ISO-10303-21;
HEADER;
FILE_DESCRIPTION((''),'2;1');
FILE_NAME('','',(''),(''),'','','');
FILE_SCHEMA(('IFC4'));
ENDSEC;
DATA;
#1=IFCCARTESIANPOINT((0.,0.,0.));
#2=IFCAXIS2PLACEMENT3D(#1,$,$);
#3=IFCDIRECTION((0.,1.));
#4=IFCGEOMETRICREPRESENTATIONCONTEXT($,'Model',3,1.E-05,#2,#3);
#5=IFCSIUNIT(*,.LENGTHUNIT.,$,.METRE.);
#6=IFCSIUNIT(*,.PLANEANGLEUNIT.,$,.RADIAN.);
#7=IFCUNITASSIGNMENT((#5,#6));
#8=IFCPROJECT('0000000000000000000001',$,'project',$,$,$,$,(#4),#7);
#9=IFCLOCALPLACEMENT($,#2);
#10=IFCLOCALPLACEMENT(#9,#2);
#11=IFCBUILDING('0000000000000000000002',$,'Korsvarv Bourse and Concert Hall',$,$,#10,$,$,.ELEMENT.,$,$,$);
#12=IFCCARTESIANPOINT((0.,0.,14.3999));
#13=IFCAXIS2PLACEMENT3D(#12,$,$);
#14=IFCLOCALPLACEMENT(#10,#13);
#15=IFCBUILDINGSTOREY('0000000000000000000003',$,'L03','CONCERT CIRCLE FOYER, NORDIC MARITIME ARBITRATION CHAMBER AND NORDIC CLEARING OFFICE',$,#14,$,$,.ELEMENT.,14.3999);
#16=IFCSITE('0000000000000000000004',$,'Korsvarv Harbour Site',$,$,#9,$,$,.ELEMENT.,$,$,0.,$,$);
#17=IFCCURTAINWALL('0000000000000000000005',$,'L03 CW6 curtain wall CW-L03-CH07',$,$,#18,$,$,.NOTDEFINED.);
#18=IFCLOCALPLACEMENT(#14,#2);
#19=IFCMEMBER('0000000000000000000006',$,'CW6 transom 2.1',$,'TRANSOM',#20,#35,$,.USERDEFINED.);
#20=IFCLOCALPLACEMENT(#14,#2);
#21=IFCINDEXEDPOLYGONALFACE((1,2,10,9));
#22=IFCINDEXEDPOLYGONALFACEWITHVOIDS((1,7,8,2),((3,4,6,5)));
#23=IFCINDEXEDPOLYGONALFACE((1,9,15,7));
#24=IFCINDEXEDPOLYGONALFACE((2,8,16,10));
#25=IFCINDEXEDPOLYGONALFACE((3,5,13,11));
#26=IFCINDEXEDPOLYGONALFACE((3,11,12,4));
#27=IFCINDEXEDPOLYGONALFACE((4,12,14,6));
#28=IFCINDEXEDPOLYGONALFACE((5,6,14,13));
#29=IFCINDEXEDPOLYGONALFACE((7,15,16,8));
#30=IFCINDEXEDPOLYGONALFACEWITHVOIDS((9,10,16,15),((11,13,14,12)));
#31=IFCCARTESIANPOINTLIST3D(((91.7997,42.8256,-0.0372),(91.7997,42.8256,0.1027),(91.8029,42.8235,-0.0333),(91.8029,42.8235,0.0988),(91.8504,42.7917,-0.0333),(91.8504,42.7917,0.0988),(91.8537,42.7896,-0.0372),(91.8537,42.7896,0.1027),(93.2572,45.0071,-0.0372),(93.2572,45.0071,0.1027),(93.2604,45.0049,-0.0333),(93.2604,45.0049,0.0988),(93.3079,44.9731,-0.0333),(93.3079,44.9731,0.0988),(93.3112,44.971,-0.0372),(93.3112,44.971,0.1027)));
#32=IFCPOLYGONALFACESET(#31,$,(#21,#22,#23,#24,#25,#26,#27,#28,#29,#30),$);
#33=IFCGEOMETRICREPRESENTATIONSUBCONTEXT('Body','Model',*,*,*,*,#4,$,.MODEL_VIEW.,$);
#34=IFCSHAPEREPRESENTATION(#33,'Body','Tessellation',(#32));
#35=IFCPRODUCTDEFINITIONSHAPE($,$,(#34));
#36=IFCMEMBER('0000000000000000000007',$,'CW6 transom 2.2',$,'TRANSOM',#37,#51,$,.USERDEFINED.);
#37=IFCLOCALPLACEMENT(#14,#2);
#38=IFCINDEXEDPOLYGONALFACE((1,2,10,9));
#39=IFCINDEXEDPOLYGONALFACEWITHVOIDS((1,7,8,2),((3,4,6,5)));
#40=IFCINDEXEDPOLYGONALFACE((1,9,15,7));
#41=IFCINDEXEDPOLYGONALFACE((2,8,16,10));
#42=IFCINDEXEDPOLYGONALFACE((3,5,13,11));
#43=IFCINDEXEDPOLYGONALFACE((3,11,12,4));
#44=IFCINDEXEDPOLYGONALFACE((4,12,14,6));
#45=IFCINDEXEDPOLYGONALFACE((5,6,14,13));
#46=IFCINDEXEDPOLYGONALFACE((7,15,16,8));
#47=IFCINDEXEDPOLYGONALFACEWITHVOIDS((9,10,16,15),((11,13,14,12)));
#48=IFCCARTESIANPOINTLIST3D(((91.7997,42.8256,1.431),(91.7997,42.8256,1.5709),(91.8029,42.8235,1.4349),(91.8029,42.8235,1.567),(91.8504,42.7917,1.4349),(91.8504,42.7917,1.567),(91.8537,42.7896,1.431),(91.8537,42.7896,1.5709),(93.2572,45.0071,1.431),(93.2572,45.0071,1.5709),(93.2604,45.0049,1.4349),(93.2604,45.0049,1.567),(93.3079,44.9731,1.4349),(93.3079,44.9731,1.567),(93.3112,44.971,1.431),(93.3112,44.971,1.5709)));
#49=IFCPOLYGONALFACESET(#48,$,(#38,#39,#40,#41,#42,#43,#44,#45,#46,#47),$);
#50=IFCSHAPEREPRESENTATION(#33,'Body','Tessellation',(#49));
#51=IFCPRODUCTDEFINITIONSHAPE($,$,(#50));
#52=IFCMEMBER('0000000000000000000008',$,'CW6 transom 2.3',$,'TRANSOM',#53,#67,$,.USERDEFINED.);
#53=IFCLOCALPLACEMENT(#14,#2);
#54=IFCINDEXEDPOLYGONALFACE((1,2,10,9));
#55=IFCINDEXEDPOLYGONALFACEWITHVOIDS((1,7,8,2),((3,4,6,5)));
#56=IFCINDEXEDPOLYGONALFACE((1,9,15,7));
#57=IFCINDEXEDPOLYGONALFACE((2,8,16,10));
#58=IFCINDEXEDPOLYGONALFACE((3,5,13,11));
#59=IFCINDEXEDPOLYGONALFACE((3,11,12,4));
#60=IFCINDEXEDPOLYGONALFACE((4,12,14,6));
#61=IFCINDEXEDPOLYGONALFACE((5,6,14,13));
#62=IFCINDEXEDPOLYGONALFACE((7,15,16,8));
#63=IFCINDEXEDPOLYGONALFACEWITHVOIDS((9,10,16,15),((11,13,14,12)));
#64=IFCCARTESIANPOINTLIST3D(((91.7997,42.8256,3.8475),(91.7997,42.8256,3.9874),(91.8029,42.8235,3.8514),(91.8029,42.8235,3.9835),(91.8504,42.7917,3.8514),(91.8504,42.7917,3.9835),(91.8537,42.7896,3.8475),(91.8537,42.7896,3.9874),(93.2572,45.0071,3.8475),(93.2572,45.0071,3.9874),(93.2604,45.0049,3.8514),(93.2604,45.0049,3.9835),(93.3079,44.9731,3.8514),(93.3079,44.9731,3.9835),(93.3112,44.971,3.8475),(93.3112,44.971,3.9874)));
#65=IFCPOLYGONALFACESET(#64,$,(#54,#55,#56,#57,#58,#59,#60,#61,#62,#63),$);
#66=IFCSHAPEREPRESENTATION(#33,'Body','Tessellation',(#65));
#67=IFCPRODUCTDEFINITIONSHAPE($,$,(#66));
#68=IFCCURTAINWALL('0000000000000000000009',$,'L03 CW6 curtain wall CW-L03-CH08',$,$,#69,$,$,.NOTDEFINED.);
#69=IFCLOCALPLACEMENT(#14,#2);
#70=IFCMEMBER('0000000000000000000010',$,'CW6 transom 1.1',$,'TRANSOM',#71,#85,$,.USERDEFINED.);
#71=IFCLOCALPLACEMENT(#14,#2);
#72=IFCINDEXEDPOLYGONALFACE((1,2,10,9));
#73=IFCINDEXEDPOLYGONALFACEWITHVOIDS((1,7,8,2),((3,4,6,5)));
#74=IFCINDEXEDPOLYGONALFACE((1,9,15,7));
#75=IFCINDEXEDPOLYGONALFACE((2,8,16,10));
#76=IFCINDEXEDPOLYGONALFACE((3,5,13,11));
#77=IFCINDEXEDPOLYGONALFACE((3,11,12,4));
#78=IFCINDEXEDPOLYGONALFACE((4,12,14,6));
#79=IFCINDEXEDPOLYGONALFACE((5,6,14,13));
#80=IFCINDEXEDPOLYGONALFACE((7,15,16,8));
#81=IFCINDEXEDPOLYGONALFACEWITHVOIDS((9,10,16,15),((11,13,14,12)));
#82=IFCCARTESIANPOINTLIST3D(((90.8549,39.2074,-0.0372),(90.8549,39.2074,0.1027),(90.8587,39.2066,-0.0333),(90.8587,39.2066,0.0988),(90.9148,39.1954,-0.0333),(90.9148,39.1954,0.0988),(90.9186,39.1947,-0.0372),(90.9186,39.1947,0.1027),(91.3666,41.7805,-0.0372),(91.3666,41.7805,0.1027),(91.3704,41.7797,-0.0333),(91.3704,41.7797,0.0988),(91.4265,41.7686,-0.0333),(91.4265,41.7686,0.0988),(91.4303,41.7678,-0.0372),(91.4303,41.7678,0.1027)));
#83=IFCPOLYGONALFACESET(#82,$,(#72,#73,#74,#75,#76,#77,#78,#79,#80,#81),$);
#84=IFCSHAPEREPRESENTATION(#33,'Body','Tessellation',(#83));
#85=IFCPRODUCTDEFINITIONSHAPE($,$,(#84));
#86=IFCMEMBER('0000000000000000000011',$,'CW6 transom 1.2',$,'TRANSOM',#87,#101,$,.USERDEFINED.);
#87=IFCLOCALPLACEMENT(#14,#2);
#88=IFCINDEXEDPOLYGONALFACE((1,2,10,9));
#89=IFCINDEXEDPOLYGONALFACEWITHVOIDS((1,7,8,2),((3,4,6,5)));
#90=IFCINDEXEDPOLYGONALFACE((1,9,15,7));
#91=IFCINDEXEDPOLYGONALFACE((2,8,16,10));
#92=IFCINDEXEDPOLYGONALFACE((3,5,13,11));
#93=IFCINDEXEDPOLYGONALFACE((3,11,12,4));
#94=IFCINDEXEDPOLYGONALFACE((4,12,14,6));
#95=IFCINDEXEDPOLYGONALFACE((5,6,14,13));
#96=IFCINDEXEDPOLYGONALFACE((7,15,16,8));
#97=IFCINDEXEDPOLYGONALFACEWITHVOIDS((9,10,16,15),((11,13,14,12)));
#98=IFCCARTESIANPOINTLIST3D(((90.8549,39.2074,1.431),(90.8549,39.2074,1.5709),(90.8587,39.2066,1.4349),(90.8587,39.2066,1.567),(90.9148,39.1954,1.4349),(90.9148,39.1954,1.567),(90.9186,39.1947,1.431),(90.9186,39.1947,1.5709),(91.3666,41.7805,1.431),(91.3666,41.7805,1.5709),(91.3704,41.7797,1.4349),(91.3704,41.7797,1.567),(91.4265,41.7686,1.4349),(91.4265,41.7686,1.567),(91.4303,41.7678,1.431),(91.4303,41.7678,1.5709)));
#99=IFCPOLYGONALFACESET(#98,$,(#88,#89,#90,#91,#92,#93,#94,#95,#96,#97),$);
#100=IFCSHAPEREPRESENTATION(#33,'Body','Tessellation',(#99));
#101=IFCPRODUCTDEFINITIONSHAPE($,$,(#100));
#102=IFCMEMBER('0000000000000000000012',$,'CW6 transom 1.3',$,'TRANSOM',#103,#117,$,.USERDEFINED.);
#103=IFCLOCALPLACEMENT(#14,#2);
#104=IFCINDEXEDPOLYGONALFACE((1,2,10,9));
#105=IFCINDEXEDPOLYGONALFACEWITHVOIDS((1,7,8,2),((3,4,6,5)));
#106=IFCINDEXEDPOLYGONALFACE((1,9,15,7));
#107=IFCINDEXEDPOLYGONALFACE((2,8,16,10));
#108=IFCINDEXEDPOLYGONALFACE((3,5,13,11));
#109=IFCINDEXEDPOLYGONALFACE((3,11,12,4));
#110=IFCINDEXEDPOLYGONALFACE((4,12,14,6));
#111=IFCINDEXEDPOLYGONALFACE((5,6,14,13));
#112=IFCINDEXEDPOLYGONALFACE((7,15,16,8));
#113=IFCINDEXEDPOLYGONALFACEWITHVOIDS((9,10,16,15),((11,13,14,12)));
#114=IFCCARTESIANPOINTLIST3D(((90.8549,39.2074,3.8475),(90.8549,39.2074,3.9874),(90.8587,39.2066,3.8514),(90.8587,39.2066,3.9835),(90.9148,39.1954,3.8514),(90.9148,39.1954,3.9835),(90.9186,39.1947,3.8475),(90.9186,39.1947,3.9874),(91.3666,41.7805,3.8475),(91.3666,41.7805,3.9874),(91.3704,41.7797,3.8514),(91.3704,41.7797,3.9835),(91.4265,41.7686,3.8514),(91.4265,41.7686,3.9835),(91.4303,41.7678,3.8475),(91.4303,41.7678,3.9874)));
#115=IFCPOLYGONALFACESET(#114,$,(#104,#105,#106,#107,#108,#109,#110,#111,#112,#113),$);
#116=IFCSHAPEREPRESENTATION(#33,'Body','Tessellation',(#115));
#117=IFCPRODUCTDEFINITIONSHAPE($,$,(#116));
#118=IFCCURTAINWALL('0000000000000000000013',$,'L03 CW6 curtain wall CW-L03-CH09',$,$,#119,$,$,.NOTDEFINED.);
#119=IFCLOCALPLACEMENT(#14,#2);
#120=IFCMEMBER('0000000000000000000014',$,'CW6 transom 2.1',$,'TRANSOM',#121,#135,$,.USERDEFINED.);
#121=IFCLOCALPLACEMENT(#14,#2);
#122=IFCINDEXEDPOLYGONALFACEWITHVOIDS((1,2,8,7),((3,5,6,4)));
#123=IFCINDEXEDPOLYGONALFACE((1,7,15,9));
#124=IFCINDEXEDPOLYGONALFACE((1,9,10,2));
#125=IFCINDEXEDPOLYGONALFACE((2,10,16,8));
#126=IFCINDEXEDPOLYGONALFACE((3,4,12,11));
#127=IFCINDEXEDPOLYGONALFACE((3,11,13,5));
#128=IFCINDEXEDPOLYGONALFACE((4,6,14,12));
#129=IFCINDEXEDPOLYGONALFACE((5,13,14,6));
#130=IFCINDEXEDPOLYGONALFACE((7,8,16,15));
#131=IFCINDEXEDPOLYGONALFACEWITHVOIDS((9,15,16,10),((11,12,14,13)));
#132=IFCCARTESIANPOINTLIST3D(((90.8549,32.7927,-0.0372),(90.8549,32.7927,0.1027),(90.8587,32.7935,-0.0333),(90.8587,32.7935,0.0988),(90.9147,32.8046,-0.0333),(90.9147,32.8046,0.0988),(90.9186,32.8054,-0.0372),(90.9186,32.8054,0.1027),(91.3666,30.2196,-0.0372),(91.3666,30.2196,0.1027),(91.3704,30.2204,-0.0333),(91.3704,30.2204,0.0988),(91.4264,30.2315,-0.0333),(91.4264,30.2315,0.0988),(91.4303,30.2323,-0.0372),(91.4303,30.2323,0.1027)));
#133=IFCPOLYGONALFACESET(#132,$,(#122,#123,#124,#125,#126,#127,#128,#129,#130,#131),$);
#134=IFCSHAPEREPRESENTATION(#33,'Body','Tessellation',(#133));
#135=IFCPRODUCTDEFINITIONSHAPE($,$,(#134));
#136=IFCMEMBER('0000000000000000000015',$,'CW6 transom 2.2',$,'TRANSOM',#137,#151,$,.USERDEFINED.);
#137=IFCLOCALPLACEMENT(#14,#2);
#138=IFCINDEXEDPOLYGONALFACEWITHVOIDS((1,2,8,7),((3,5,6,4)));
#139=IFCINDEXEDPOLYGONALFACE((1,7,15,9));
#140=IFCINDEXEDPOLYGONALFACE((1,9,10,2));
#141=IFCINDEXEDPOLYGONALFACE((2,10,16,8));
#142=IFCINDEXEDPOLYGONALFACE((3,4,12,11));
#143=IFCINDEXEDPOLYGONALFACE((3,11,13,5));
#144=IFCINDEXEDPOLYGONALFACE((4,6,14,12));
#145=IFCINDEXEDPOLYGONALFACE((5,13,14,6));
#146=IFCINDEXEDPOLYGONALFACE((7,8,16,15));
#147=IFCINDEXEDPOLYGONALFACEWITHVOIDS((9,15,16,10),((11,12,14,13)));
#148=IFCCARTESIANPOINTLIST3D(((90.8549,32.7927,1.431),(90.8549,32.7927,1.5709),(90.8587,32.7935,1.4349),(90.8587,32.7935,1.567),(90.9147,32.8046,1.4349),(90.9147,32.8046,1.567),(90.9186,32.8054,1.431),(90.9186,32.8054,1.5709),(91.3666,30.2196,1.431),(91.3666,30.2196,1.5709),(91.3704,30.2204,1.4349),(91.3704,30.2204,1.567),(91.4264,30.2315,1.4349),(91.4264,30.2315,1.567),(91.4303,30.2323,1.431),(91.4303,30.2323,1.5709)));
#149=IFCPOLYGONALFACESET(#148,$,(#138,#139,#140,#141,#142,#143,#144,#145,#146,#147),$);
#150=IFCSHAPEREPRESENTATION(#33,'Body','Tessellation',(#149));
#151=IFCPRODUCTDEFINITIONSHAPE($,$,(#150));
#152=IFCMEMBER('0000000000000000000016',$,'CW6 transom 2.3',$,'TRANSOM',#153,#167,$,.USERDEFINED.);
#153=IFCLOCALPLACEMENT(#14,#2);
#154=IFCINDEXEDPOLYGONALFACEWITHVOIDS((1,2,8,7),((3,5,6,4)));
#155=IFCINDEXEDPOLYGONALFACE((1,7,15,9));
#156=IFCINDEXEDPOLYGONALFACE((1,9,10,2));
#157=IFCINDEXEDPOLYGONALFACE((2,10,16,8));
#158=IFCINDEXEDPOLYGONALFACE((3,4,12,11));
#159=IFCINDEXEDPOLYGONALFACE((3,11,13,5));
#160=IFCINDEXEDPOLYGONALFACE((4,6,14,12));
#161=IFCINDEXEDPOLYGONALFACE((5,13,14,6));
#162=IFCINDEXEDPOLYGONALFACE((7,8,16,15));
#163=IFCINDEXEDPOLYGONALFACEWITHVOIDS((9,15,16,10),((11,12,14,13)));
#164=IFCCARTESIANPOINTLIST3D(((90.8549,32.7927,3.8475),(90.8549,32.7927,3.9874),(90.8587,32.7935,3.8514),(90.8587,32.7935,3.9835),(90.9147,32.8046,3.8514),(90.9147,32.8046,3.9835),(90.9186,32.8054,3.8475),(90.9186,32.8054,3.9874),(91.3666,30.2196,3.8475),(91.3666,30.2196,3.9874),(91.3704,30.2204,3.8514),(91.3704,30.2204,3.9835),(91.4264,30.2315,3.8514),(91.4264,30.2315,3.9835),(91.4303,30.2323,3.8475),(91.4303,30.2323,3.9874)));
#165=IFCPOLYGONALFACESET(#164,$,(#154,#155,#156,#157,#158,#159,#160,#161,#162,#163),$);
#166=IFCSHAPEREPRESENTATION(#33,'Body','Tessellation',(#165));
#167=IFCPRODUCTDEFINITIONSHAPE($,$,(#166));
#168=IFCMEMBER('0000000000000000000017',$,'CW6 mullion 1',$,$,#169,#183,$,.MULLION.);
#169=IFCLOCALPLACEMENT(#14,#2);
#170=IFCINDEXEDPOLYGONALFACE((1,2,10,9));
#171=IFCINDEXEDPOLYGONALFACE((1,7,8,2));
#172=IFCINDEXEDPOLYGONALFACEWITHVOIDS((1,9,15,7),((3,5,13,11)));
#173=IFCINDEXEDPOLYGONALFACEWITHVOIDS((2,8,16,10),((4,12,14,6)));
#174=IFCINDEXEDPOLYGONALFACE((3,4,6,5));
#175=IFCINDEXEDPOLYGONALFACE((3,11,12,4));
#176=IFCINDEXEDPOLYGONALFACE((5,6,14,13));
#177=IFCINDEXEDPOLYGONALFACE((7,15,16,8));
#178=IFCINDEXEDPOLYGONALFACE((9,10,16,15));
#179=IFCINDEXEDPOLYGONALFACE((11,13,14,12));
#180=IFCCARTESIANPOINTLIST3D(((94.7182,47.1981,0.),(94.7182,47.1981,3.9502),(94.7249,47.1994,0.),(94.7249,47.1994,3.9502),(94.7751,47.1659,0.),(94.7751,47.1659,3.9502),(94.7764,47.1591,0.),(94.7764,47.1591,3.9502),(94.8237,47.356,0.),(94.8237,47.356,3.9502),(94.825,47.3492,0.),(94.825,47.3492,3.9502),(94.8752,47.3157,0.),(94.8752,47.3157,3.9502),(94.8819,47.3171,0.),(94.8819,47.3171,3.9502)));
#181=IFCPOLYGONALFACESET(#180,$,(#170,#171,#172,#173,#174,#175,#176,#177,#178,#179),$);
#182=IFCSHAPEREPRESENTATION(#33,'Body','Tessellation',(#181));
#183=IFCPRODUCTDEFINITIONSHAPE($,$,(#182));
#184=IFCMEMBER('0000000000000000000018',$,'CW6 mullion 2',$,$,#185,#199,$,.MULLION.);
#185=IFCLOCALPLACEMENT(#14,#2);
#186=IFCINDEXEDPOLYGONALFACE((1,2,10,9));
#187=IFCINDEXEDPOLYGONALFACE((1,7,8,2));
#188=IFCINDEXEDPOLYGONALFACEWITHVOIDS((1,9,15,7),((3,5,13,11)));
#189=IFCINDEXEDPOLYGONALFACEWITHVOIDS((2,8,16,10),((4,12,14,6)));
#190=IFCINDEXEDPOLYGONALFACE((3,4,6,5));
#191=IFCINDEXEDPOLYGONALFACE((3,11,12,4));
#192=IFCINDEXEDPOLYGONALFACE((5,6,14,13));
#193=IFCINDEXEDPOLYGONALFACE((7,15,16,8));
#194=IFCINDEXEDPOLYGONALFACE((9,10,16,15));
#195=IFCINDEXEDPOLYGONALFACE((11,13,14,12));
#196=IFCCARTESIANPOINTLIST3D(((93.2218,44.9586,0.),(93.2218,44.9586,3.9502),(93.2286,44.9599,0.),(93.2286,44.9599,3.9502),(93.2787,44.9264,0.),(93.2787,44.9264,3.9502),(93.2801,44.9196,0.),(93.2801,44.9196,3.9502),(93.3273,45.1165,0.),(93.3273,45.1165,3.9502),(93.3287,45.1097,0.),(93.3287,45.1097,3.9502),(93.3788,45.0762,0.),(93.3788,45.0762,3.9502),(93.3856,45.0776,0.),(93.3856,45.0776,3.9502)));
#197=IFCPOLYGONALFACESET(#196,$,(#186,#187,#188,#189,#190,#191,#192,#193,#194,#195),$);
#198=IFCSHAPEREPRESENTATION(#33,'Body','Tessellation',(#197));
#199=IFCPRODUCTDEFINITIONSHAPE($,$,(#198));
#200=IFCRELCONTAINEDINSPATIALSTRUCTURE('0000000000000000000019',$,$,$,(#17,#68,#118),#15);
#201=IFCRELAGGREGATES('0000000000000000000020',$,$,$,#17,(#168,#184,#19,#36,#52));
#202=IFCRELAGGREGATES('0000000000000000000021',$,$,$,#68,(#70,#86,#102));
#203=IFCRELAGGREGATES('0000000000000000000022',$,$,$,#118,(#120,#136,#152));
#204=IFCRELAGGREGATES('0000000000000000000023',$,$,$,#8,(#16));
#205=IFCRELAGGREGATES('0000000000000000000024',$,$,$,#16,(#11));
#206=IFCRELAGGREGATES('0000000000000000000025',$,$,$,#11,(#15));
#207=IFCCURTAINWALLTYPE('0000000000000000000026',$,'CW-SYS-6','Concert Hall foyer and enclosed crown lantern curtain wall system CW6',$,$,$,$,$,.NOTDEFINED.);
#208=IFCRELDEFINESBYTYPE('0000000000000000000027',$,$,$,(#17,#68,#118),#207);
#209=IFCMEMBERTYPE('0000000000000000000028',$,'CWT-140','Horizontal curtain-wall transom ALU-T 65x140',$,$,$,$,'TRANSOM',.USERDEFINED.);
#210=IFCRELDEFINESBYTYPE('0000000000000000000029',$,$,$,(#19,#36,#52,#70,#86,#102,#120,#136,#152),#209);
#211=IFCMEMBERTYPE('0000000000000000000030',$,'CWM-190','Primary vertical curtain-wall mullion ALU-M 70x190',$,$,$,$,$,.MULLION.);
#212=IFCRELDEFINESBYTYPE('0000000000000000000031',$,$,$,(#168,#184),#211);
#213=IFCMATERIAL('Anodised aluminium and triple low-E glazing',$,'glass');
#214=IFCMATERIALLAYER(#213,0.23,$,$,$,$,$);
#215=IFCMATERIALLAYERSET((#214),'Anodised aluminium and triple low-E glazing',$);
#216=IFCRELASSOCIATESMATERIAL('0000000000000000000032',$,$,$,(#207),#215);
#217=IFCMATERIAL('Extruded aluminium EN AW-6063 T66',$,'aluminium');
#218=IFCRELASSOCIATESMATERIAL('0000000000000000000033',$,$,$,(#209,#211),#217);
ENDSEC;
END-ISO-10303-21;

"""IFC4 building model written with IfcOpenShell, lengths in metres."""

from ifc_helpers import new_model, si_unit, direction, frame, origin, origin_2d, place, context, subcontext, project, spatial, hollow_rectangle, extrude, source, transform, mapped, material, layer, layer_set, material_profile, profile_set, type_object, element, aggregate, save


model = new_model("IFC4")

# Units and contexts
model_context = context("Model", 3, precision=1e-05, world=origin(), true_north=direction((0.0, 1.0)))
body_context = subcontext(model_context, "Body", "Model", "MODEL_VIEW")
ifc_project = project(units=[si_unit("LENGTHUNIT", "METRE"), si_unit("PLANEANGLEUNIT", "RADIAN")], contexts=[model_context])

# Site, building, storey
site_placement = place(None, origin())
site = spatial("IfcSite", under=ifc_project, at=site_placement, Name="Korsvarv Harbour Site", CompositionType="ELEMENT", RefElevation=0.0)
building_placement = place(site_placement, origin())
building = spatial("IfcBuilding", under=site, at=building_placement, Name="Korsvarv Bourse and Concert Hall", CompositionType="ELEMENT")
storey_placement = place(building_placement, frame((0.0, 0.0, 14.3999)))
storey = spatial("IfcBuildingStorey", under=building, at=storey_placement, Name="L03", Description="CONCERT CIRCLE FOYER, NORDIC MARITIME ARBITRATION CHAMBER AND NORDIC CLEARING OFFICE", CompositionType="ELEMENT", Elevation=14.3999)

# Curtain walls, members
ifc_material_1 = material(Name="Anodised aluminium and triple low-E glazing", Category="glass")
ifc_layer_1 = layer(ifc_material_1, 0.23)
ifc_layer_set_1 = layer_set([ifc_layer_1], Name="Anodised aluminium and triple low-E glazing")
curtain_wall_type = type_object("IfcCurtainWallType", Name="CW-SYS-6", Description="Concert Hall foyer and enclosed crown lantern curtain wall system CW6", PredefinedType="NOTDEFINED", material=ifc_layer_set_1)
curtain_wall_1_placement = place(storey_placement, origin())
curtain_wall_1 = element("IfcCurtainWall", 1, at=curtain_wall_1_placement, inside=storey, type_object=curtain_wall_type, Name="L03 CW6 curtain wall CW-L03-CH07", PredefinedType="NOTDEFINED")
ifc_material_2 = material(Name="Extruded aluminium EN AW-6063 T66", Category="aluminium")
ifc_material_profile_1 = material_profile(ifc_material_2, hollow_rectangle(XDim=0.0649, YDim=0.1399, WallThickness=0.0039, at=origin_2d()), Name="ALU-T 65x140")
ifc_profile_set_1 = profile_set([ifc_material_profile_1], Name="Extruded aluminium EN AW-6063 T66")
member_type_1 = type_object("IfcMemberType", Name="CWT-140", Description="Horizontal curtain-wall transom ALU-T 65x140", ElementType="TRANSOM", PredefinedType="USERDEFINED", material=ifc_profile_set_1)
shared_shape_1 = source(origin(), body_context, "Body", "SweptSolid", [
    extrude(hollow_rectangle(XDim=0.0649, YDim=0.1399, WallThickness=0.0039, at=origin_2d()), origin(), (0.0, 0.0, 1.0), 2.6235),
])
member_1_placement = place(storey_placement, frame((93.2842, 44.989, 0.0327), z_axis=(-0.555559, -0.831477, 0.0), x_axis=(0.831477, -0.555559, 0.0)))
member_1 = element("IfcMember", 2, at=member_1_placement, type_object=member_type_1, Name="CW6 transom 2.1", ObjectType="TRANSOM", PredefinedType="USERDEFINED", context=body_context, shape_type="MappedRepresentation", body=[
    mapped(shared_shape_1, transform((0.0, 0.0, 0.0), scale=1.0)),
])
member_2_placement = place(storey_placement, frame((93.2842, 44.989, 1.501), z_axis=(-0.555559, -0.831477, 0.0), x_axis=(0.831477, -0.555559, 0.0)))
member_2 = element("IfcMember", 3, at=member_2_placement, type_object=member_type_1, Name="CW6 transom 2.2", ObjectType="TRANSOM", PredefinedType="USERDEFINED", context=body_context, shape_type="MappedRepresentation", body=[
    mapped(shared_shape_1, transform((0.0, 0.0, 0.0), scale=1.0)),
])
member_3_placement = place(storey_placement, frame((93.2842, 44.989, 3.9175), z_axis=(-0.555559, -0.831477, 0.0), x_axis=(0.831477, -0.555559, 0.0)))
member_3 = element("IfcMember", 4, at=member_3_placement, type_object=member_type_1, Name="CW6 transom 2.3", ObjectType="TRANSOM", PredefinedType="USERDEFINED", context=body_context, shape_type="MappedRepresentation", body=[
    mapped(shared_shape_1, transform((0.0, 0.0, 0.0), scale=1.0)),
])
curtain_wall_2_placement = place(storey_placement, origin())
curtain_wall_2 = element("IfcCurtainWall", 5, at=curtain_wall_2_placement, inside=storey, type_object=curtain_wall_type, Name="L03 CW6 curtain wall CW-L03-CH08", PredefinedType="NOTDEFINED")
member_4_placement = place(storey_placement, frame((91.3984, 41.7742, 0.0327), z_axis=(-0.195042, -0.980795, 0.0), x_axis=(0.980795, -0.195042, 0.0)))
member_4 = element("IfcMember", 6, at=member_4_placement, type_object=member_type_1, Name="CW6 transom 1.1", ObjectType="TRANSOM", PredefinedType="USERDEFINED", context=body_context, shape_type="MappedRepresentation", body=[
    mapped(shared_shape_1, transform((0.0, 0.0, 0.0), scale=1.0)),
])
member_5_placement = place(storey_placement, frame((91.3984, 41.7742, 1.501), z_axis=(-0.195042, -0.980795, 0.0), x_axis=(0.980795, -0.195042, 0.0)))
member_5 = element("IfcMember", 7, at=member_5_placement, type_object=member_type_1, Name="CW6 transom 1.2", ObjectType="TRANSOM", PredefinedType="USERDEFINED", context=body_context, shape_type="MappedRepresentation", body=[
    mapped(shared_shape_1, transform((0.0, 0.0, 0.0), scale=1.0)),
])
member_6_placement = place(storey_placement, frame((91.3984, 41.7742, 3.9175), z_axis=(-0.195042, -0.980795, 0.0), x_axis=(0.980795, -0.195042, 0.0)))
member_6 = element("IfcMember", 8, at=member_6_placement, type_object=member_type_1, Name="CW6 transom 1.3", ObjectType="TRANSOM", PredefinedType="USERDEFINED", context=body_context, shape_type="MappedRepresentation", body=[
    mapped(shared_shape_1, transform((0.0, 0.0, 0.0), scale=1.0)),
])
curtain_wall_3_placement = place(storey_placement, origin())
curtain_wall_3 = element("IfcCurtainWall", 9, at=curtain_wall_3_placement, inside=storey, type_object=curtain_wall_type, Name="L03 CW6 curtain wall CW-L03-CH09", PredefinedType="NOTDEFINED")
member_7_placement = place(storey_placement, frame((90.8867, 32.7991, 0.0327), z_axis=(0.195042, -0.980795, 0.0), x_axis=(0.980795, 0.195042, 0.0)))
member_7 = element("IfcMember", 10, at=member_7_placement, type_object=member_type_1, Name="CW6 transom 2.1", ObjectType="TRANSOM", PredefinedType="USERDEFINED", context=body_context, shape_type="MappedRepresentation", body=[
    mapped(shared_shape_1, transform((0.0, 0.0, 0.0), scale=1.0)),
])
member_8_placement = place(storey_placement, frame((90.8867, 32.7991, 1.501), z_axis=(0.195042, -0.980795, 0.0), x_axis=(0.980795, 0.195042, 0.0)))
member_8 = element("IfcMember", 11, at=member_8_placement, type_object=member_type_1, Name="CW6 transom 2.2", ObjectType="TRANSOM", PredefinedType="USERDEFINED", context=body_context, shape_type="MappedRepresentation", body=[
    mapped(shared_shape_1, transform((0.0, 0.0, 0.0), scale=1.0)),
])
member_9_placement = place(storey_placement, frame((90.8867, 32.7991, 3.9175), z_axis=(0.195042, -0.980795, 0.0), x_axis=(0.980795, 0.195042, 0.0)))
member_9 = element("IfcMember", 12, at=member_9_placement, type_object=member_type_1, Name="CW6 transom 2.3", ObjectType="TRANSOM", PredefinedType="USERDEFINED", context=body_context, shape_type="MappedRepresentation", body=[
    mapped(shared_shape_1, transform((0.0, 0.0, 0.0), scale=1.0)),
])

# Members
ifc_material_profile_2 = material_profile(ifc_material_2, hollow_rectangle(XDim=0.0701, YDim=0.1899, WallThickness=0.0049, at=origin_2d()), Name="ALU-M 70x190")
ifc_profile_set_2 = profile_set([ifc_material_profile_2], Name="Extruded aluminium EN AW-6063 T66")
member_type_2 = type_object("IfcMemberType", Name="CWM-190", Description="Primary vertical curtain-wall mullion ALU-M 70x190", PredefinedType="MULLION", material=ifc_profile_set_2)
shared_shape_2 = source(origin(), body_context, "Body", "SweptSolid", [
    extrude(hollow_rectangle(XDim=0.0701, YDim=0.1899, WallThickness=0.0049, at=origin_2d()), origin(), (0.0, 0.0, 1.0), 3.9502),
])
member_10_placement = place(storey_placement, frame((94.8, 47.2576, 0.0), z_axis=(0.0, 0.0, 1.0), x_axis=(0.831469, -0.555571, 0.0)))
member_10 = element("IfcMember", 13, at=member_10_placement, type_object=member_type_2, Name="CW6 mullion 1", PredefinedType="MULLION", context=body_context, shape_type="MappedRepresentation", body=[
    mapped(shared_shape_2, transform((0.0, 0.0, 0.0), scale=1.0)),
])
member_11_placement = place(storey_placement, frame((93.3037, 45.0181, 0.0), z_axis=(0.0, 0.0, 1.0), x_axis=(0.831469, -0.555571, 0.0)))
member_11 = element("IfcMember", 14, at=member_11_placement, type_object=member_type_2, Name="CW6 mullion 2", PredefinedType="MULLION", context=body_context, shape_type="MappedRepresentation", body=[
    mapped(shared_shape_2, transform((0.0, 0.0, 0.0), scale=1.0)),
])

aggregate(curtain_wall_1, [member_10, member_11, member_1, member_2, member_3])
aggregate(curtain_wall_2, [member_4, member_5, member_6])
aggregate(curtain_wall_3, [member_7, member_8, member_9])

save(model, "model.ifc")
